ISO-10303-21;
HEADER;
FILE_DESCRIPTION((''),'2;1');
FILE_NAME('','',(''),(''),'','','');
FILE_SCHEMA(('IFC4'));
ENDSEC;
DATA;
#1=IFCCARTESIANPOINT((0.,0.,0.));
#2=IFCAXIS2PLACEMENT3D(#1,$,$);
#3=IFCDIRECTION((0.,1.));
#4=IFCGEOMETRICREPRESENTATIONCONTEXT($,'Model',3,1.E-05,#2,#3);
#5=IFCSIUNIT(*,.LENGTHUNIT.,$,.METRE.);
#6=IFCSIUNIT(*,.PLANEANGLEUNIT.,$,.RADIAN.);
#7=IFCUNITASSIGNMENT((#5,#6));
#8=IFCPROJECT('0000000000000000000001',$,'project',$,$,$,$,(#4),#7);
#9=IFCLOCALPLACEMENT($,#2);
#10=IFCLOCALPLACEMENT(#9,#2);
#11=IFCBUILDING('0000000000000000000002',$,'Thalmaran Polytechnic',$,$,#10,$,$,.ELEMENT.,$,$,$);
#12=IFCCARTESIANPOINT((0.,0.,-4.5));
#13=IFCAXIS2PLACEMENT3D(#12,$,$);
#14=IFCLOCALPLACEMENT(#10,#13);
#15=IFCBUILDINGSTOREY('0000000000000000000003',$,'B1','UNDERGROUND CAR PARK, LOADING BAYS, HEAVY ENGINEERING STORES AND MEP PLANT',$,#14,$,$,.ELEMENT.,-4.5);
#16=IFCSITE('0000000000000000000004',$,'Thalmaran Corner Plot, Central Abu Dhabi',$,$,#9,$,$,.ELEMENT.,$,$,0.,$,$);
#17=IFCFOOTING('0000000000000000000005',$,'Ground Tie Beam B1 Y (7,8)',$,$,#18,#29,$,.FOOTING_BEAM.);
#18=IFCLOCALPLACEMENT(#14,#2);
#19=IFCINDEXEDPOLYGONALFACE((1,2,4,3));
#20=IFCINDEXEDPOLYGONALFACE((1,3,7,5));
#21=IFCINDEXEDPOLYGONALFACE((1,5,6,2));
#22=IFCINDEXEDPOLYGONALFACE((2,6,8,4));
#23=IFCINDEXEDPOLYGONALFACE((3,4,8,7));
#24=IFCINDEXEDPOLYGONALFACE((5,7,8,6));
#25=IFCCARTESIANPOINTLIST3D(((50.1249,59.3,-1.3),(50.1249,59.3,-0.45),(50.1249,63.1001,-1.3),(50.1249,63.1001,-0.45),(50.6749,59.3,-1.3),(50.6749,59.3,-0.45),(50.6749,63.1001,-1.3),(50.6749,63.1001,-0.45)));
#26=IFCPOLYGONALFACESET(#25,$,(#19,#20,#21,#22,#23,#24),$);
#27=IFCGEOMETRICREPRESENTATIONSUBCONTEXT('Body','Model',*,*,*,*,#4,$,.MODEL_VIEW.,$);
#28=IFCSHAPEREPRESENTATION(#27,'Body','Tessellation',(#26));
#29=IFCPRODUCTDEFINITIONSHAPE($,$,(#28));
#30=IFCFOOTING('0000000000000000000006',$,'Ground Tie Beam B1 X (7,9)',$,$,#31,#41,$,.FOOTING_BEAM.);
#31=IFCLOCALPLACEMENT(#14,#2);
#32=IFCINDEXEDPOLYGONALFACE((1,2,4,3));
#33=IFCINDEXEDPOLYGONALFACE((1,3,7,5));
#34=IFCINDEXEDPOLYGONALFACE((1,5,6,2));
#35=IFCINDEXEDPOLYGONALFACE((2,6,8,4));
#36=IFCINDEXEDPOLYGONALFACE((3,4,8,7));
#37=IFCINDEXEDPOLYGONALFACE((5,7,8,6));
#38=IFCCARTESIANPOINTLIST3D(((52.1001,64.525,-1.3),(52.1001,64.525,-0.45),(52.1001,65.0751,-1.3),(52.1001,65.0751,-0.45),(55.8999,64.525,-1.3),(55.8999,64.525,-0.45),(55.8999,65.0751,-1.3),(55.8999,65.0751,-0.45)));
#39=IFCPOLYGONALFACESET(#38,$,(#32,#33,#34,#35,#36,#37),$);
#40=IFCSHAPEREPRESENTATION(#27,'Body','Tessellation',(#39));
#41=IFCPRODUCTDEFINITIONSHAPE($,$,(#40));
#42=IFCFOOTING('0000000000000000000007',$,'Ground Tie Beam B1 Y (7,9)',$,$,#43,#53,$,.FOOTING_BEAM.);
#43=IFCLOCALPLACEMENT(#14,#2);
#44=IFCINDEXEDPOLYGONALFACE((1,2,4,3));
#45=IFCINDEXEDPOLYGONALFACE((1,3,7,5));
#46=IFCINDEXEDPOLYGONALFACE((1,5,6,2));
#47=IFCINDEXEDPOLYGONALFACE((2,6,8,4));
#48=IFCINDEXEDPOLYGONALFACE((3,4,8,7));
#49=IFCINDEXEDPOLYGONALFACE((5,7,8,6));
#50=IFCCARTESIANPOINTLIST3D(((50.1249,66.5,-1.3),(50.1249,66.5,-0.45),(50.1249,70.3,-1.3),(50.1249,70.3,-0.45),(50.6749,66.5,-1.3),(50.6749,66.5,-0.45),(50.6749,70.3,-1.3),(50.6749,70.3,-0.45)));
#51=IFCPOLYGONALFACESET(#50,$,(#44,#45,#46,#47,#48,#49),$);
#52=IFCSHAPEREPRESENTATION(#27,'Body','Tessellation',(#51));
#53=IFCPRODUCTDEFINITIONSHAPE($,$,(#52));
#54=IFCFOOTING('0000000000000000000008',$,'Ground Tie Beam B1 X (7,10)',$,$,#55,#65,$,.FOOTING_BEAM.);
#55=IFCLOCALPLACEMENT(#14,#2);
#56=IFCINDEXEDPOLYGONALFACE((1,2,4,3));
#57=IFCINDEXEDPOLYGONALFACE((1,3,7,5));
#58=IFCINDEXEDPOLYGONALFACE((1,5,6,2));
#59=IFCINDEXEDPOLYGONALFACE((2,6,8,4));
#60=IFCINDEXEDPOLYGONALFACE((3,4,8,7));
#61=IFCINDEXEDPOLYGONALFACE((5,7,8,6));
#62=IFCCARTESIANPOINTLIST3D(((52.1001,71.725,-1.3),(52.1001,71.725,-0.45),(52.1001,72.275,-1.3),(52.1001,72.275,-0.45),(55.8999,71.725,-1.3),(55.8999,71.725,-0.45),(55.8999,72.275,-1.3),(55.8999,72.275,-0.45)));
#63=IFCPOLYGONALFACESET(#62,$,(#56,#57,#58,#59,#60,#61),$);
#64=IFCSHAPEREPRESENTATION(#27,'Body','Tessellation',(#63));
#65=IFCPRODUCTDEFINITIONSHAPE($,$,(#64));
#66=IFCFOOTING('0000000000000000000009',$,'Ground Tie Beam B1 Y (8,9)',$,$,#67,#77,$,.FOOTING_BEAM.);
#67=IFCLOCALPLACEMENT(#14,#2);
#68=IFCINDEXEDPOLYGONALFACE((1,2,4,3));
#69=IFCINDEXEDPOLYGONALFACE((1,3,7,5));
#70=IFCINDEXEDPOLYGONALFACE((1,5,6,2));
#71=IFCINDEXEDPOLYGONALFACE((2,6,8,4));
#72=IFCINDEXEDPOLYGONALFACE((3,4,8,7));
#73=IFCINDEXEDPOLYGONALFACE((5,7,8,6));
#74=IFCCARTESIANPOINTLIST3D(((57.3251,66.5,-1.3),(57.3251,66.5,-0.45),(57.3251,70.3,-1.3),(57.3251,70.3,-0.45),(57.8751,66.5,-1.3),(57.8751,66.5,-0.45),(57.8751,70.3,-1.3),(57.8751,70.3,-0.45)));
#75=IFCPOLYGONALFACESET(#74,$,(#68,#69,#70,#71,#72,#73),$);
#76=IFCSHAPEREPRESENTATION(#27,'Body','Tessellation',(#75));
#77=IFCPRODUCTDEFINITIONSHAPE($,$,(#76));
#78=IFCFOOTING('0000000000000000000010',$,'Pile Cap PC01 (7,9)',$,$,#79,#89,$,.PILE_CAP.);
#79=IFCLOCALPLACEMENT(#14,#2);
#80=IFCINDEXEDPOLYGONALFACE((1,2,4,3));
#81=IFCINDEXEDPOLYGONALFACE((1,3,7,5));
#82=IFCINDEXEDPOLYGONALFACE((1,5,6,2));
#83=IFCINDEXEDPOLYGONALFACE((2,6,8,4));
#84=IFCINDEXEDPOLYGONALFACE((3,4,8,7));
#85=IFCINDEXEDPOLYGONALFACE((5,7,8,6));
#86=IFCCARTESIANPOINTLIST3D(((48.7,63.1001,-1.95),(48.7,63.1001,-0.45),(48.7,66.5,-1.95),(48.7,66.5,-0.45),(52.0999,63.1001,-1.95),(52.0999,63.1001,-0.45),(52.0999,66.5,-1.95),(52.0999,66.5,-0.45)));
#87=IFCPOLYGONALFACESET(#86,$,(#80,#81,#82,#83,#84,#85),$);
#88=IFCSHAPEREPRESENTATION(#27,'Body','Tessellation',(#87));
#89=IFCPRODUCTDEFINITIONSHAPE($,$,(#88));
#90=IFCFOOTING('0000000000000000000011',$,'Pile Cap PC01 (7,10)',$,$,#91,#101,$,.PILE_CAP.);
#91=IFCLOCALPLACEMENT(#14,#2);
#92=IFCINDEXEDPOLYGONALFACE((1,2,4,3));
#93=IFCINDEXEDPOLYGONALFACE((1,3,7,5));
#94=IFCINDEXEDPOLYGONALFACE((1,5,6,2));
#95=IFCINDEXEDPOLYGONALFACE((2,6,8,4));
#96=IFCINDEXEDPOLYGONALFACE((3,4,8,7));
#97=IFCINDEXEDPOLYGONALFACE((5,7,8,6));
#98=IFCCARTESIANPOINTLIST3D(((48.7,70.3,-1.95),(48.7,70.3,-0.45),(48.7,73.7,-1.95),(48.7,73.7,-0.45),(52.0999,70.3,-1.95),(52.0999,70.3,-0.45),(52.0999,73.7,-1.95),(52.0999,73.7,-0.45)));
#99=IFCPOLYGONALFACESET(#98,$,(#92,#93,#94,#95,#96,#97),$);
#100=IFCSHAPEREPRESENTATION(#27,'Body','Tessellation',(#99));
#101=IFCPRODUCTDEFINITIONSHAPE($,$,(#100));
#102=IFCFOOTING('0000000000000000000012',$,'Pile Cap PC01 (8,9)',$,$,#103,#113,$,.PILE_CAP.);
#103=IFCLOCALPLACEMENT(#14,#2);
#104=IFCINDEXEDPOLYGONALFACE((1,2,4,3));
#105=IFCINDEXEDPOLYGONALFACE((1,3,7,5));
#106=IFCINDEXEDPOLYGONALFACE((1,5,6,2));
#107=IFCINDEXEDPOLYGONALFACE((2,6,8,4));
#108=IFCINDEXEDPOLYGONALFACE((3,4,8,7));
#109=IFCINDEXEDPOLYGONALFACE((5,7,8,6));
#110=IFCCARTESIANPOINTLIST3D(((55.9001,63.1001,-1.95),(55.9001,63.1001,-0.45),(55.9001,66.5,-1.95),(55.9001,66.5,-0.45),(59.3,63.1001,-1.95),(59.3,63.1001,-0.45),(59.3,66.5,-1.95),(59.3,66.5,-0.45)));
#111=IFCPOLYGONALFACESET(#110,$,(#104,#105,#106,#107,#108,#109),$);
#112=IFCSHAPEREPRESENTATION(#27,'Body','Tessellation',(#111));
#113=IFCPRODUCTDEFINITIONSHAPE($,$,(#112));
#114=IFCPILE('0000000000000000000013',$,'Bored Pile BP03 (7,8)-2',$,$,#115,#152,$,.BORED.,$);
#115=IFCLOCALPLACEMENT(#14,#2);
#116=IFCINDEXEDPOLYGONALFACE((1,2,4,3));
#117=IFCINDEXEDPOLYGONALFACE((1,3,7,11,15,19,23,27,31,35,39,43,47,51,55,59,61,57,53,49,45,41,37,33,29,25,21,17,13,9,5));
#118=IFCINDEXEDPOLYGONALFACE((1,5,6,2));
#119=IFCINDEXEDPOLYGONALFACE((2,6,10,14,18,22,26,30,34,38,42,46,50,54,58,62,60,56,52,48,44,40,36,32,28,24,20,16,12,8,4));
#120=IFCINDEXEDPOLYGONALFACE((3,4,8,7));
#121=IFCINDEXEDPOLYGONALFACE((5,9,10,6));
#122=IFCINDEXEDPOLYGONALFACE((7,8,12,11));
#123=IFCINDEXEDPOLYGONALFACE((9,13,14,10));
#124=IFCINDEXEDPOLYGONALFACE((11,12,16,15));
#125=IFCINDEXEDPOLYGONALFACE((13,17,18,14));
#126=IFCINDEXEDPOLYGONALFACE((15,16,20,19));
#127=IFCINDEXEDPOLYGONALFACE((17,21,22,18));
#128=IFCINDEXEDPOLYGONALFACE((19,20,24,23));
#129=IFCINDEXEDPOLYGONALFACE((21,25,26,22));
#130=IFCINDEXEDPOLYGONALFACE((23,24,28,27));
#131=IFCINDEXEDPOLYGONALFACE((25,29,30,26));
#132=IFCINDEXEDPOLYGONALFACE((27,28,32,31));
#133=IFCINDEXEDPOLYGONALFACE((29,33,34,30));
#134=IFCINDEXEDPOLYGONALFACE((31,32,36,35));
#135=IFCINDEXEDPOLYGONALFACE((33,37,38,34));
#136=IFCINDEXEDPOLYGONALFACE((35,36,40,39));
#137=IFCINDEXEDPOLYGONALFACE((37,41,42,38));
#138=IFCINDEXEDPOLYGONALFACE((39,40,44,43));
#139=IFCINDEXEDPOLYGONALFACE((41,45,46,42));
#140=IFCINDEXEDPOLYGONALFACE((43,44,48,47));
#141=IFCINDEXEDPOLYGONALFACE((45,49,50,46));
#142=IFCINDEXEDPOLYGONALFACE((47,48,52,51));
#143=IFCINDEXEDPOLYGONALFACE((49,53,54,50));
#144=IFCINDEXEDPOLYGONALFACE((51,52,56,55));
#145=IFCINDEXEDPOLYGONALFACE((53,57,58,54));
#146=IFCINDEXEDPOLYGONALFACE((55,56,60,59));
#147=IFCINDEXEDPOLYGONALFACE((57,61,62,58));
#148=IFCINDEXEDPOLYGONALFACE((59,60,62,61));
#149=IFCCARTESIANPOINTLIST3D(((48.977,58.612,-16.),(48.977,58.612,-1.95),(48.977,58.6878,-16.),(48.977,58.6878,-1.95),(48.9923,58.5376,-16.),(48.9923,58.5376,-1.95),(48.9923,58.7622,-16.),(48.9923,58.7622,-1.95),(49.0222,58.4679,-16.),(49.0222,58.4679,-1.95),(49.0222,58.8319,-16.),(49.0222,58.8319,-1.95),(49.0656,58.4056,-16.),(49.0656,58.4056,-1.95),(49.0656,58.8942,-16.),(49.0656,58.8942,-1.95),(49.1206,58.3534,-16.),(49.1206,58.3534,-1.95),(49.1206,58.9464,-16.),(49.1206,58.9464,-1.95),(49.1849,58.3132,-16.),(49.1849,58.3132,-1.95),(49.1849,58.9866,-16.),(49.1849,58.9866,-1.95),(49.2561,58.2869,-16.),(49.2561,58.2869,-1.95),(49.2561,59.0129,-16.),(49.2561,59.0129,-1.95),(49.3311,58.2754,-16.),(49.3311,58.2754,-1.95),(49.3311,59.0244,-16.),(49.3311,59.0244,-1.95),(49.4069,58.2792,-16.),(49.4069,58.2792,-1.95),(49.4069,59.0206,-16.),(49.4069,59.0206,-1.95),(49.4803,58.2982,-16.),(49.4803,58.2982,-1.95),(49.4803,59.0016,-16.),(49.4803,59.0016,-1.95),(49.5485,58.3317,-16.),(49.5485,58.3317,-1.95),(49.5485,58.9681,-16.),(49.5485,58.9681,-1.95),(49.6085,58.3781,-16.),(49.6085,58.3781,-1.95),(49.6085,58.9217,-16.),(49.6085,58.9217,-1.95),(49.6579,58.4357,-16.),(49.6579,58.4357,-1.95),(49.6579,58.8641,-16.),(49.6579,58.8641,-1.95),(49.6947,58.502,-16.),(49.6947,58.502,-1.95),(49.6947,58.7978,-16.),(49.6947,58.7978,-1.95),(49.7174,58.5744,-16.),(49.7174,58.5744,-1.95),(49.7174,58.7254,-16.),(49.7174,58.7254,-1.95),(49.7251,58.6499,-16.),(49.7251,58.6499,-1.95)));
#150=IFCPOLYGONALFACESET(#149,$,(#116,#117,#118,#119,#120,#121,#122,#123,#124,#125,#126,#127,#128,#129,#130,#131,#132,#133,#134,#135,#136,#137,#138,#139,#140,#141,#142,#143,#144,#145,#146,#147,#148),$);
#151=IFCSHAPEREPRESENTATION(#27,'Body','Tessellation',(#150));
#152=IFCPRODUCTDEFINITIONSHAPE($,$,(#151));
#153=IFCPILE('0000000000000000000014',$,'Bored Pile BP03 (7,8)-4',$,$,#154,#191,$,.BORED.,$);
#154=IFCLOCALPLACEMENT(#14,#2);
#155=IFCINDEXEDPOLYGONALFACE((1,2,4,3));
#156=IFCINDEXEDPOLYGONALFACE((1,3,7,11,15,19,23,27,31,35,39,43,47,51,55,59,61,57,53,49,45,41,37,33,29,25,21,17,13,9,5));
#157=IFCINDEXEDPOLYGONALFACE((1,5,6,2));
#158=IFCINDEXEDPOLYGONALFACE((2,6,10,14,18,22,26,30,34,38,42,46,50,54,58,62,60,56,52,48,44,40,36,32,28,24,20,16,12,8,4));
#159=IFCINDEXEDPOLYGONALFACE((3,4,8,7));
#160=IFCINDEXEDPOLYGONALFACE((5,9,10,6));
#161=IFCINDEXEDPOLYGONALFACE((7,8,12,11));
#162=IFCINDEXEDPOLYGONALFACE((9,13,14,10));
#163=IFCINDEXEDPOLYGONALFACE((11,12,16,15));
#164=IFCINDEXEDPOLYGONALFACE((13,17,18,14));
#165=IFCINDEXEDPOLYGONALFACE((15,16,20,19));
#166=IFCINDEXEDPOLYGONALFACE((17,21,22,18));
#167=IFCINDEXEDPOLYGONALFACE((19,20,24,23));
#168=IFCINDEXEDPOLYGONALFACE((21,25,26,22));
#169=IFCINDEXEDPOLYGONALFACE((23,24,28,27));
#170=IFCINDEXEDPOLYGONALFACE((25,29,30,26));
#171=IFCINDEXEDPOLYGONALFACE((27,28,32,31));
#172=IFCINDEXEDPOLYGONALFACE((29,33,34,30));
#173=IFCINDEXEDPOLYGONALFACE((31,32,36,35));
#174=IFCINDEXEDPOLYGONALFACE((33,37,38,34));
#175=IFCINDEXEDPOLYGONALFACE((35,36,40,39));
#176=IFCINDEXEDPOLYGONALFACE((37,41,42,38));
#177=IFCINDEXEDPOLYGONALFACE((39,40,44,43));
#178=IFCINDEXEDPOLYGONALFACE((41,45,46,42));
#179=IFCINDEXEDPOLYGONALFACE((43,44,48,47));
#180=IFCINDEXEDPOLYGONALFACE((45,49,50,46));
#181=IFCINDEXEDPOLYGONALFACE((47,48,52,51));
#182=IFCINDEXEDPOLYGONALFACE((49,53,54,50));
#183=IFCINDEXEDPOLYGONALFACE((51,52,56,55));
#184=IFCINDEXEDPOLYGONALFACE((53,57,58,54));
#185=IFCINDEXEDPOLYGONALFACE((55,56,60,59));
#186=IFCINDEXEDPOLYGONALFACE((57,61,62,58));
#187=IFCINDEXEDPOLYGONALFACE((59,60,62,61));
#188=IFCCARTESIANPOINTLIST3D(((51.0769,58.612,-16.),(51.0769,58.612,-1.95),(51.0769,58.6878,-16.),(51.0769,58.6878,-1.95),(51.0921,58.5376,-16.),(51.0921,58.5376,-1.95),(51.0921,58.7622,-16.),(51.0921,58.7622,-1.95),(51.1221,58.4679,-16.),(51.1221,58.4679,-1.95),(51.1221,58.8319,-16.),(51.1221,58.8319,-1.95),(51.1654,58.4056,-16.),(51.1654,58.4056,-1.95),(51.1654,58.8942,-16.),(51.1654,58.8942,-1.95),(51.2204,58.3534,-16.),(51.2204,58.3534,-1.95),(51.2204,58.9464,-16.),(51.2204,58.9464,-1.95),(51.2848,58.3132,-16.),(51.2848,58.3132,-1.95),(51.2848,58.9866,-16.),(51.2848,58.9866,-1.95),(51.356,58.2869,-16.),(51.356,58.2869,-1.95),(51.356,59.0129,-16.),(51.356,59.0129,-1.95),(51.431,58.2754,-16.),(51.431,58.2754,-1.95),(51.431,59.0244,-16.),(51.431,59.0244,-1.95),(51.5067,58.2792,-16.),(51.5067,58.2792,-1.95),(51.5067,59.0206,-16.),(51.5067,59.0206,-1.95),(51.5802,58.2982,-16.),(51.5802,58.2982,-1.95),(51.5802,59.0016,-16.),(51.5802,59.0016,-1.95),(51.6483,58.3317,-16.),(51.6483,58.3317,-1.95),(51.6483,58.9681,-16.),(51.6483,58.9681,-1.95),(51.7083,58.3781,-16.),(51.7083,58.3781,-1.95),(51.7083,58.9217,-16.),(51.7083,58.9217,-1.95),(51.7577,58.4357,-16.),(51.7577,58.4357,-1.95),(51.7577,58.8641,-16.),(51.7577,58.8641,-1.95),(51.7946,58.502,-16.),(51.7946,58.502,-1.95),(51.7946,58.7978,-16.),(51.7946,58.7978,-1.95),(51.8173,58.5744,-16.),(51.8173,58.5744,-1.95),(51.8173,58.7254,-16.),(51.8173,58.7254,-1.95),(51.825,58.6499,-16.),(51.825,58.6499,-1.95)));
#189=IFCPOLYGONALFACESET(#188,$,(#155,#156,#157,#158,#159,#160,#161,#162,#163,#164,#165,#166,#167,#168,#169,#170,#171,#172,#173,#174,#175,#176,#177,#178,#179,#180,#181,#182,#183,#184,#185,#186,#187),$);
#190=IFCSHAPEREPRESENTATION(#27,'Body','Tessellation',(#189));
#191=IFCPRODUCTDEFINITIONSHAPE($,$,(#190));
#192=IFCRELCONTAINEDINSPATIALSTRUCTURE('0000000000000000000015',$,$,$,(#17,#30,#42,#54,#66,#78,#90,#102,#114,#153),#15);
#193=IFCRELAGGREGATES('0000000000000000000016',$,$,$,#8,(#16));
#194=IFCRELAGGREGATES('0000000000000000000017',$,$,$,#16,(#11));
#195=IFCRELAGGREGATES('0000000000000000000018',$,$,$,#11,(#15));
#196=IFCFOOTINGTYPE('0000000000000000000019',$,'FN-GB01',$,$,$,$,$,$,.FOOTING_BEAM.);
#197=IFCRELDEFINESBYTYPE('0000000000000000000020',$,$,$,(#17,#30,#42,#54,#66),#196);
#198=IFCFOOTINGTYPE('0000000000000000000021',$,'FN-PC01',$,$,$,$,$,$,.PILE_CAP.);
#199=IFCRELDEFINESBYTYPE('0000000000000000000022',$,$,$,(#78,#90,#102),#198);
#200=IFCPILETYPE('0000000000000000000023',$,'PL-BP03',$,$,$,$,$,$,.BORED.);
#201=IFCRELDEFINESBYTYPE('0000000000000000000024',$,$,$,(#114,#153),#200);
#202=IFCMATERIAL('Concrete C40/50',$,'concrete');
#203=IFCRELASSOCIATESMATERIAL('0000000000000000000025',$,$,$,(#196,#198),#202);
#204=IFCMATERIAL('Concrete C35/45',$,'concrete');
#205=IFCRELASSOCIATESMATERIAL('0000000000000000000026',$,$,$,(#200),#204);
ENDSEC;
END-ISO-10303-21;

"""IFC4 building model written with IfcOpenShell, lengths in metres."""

from ifc_helpers import new_model, si_unit, direction, frame, origin, origin_2d, place, context, subcontext, project, spatial, rectangle, circle, extrude, material, material_profile, profile_set, type_object, element, save


model = new_model("IFC4")

# Units and contexts
model_context = context("Model", 3, precision=1e-05, world=origin(), true_north=direction((0.0, 1.0)))
body_context = subcontext(model_context, "Body", "Model", "MODEL_VIEW")
ifc_project = project(units=[si_unit("LENGTHUNIT", "METRE"), si_unit("PLANEANGLEUNIT", "RADIAN")], contexts=[model_context])

# Site, building, storey
site_placement = place(None, origin())
site = spatial("IfcSite", under=ifc_project, at=site_placement, Name="Thalmaran Corner Plot, Central Abu Dhabi", CompositionType="ELEMENT", RefElevation=0.0)
building_placement = place(site_placement, origin())
building = spatial("IfcBuilding", under=site, at=building_placement, Name="Thalmaran Polytechnic", CompositionType="ELEMENT")
storey_placement = place(building_placement, frame((0.0, 0.0, -4.5)))
storey = spatial("IfcBuildingStorey", under=building, at=storey_placement, Name="B1", Description="UNDERGROUND CAR PARK, LOADING BAYS, HEAVY ENGINEERING STORES AND MEP PLANT", CompositionType="ELEMENT", Elevation=-4.5)

# Footings
ifc_material_1 = material(Name="Concrete C40/50", Category="concrete")
ifc_material_profile_1 = material_profile(ifc_material_1, rectangle(XDim=0.55, YDim=0.8501, at=origin_2d()), Name="RC 550x850")
ifc_profile_set_1 = profile_set([ifc_material_profile_1], Name="Concrete C40/50")
footing_type_1 = type_object("IfcFootingType", Name="FN-GB01", PredefinedType="FOOTING_BEAM", material=ifc_profile_set_1)
footing_1_placement = place(storey_placement, frame((50.3999, 59.3, -0.875), z_axis=(0.0, 1.0, 0.0), x_axis=(-1.0, 0.0, 0.0)))
element("IfcFooting", 1, at=footing_1_placement, inside=storey, type_object=footing_type_1, Name="Ground Tie Beam B1 Y (7,8)", PredefinedType="FOOTING_BEAM", context=body_context, shape_type="SweptSolid", body=[
    extrude(rectangle(XDim=0.55, YDim=0.8501, at=origin_2d()), origin(), (0.0, 0.0, 1.0), 3.8),
])
footing_2_placement = place(storey_placement, frame((52.1001, 64.8, -0.875), z_axis=(1.0, 0.0, 0.0), x_axis=(0.0, 1.0, 0.0)))
element("IfcFooting", 2, at=footing_2_placement, inside=storey, type_object=footing_type_1, Name="Ground Tie Beam B1 X (7,9)", PredefinedType="FOOTING_BEAM", context=body_context, shape_type="SweptSolid", body=[
    extrude(rectangle(XDim=0.55, YDim=0.8501, at=origin_2d()), origin(), (0.0, 0.0, 1.0), 3.7998),
])
footing_3_placement = place(storey_placement, frame((50.3999, 66.5, -0.875), z_axis=(0.0, 1.0, 0.0), x_axis=(-1.0, 0.0, 0.0)))
element("IfcFooting", 3, at=footing_3_placement, inside=storey, type_object=footing_type_1, Name="Ground Tie Beam B1 Y (7,9)", PredefinedType="FOOTING_BEAM", context=body_context, shape_type="SweptSolid", body=[
    extrude(rectangle(XDim=0.55, YDim=0.8501, at=origin_2d()), origin(), (0.0, 0.0, 1.0), 3.8),
])
footing_4_placement = place(storey_placement, frame((52.1001, 72.0, -0.875), z_axis=(1.0, 0.0, 0.0), x_axis=(0.0, 1.0, 0.0)))
element("IfcFooting", 4, at=footing_4_placement, inside=storey, type_object=footing_type_1, Name="Ground Tie Beam B1 X (7,10)", PredefinedType="FOOTING_BEAM", context=body_context, shape_type="SweptSolid", body=[
    extrude(rectangle(XDim=0.55, YDim=0.8501, at=origin_2d()), origin(), (0.0, 0.0, 1.0), 3.7998),
])
footing_5_placement = place(storey_placement, frame((57.6001, 66.5, -0.875), z_axis=(0.0, 1.0, 0.0), x_axis=(-1.0, 0.0, 0.0)))
element("IfcFooting", 5, at=footing_5_placement, inside=storey, type_object=footing_type_1, Name="Ground Tie Beam B1 Y (8,9)", PredefinedType="FOOTING_BEAM", context=body_context, shape_type="SweptSolid", body=[
    extrude(rectangle(XDim=0.55, YDim=0.8501, at=origin_2d()), origin(), (0.0, 0.0, 1.0), 3.8),
])
footing_type_2 = type_object("IfcFootingType", Name="FN-PC01", PredefinedType="PILE_CAP", material=ifc_material_1)
for number, where, z_axis, x_axis, name in (
    (6, (50.3999, 64.8, -1.95), (0.0, 0.0, 1.0), (1.0, 0.0, 0.0), "Pile Cap PC01 (7,9)"),
    (7, (50.3999, 72.0, -1.95), (0.0, 0.0, 1.0), (1.0, 0.0, 0.0), "Pile Cap PC01 (7,10)"),
    (8, (57.6001, 64.8, -1.95), (0.0, 0.0, 1.0), (1.0, 0.0, 0.0), "Pile Cap PC01 (8,9)"),
):
    element("IfcFooting", number, at=place(storey_placement, frame(where, z_axis=z_axis, x_axis=x_axis)), inside=storey, type_object=footing_type_2, Name=name, PredefinedType="PILE_CAP", context=body_context, shape_type="SweptSolid", body=[
        extrude(rectangle(XDim=3.3999, YDim=3.3999, at=origin_2d()), origin(), (0.0, 0.0, 1.0), 1.5),
    ])

# Piles
ifc_material_2 = material(Name="Concrete C35/45", Category="concrete")
ifc_material_profile_2 = material_profile(ifc_material_2, circle(Radius=0.375, at=origin_2d()), Name="RC 750 DIA")
ifc_profile_set_2 = profile_set([ifc_material_profile_2], Name="Concrete C35/45")
pile_type = type_object("IfcPileType", Name="PL-BP03", PredefinedType="BORED", material=ifc_profile_set_2)
for number, where, z_axis, x_axis, name in (
    (9, (49.3501, 58.6499, -1.95), (0.0, 0.0, -1.0), (1.0, 0.0, 0.0), "Bored Pile BP03 (7,8)-2"),
    (10, (51.45, 58.6499, -1.95), (0.0, 0.0, -1.0), (1.0, 0.0, 0.0), "Bored Pile BP03 (7,8)-4"),
):
    element("IfcPile", number, at=place(storey_placement, frame(where, z_axis=z_axis, x_axis=x_axis)), inside=storey, type_object=pile_type, Name=name, PredefinedType="BORED", context=body_context, shape_type="SweptSolid", body=[
        extrude(circle(Radius=0.375, at=origin_2d()), origin(), (0.0, 0.0, 1.0), 14.05),
    ])

save(model, "model.ifc")
